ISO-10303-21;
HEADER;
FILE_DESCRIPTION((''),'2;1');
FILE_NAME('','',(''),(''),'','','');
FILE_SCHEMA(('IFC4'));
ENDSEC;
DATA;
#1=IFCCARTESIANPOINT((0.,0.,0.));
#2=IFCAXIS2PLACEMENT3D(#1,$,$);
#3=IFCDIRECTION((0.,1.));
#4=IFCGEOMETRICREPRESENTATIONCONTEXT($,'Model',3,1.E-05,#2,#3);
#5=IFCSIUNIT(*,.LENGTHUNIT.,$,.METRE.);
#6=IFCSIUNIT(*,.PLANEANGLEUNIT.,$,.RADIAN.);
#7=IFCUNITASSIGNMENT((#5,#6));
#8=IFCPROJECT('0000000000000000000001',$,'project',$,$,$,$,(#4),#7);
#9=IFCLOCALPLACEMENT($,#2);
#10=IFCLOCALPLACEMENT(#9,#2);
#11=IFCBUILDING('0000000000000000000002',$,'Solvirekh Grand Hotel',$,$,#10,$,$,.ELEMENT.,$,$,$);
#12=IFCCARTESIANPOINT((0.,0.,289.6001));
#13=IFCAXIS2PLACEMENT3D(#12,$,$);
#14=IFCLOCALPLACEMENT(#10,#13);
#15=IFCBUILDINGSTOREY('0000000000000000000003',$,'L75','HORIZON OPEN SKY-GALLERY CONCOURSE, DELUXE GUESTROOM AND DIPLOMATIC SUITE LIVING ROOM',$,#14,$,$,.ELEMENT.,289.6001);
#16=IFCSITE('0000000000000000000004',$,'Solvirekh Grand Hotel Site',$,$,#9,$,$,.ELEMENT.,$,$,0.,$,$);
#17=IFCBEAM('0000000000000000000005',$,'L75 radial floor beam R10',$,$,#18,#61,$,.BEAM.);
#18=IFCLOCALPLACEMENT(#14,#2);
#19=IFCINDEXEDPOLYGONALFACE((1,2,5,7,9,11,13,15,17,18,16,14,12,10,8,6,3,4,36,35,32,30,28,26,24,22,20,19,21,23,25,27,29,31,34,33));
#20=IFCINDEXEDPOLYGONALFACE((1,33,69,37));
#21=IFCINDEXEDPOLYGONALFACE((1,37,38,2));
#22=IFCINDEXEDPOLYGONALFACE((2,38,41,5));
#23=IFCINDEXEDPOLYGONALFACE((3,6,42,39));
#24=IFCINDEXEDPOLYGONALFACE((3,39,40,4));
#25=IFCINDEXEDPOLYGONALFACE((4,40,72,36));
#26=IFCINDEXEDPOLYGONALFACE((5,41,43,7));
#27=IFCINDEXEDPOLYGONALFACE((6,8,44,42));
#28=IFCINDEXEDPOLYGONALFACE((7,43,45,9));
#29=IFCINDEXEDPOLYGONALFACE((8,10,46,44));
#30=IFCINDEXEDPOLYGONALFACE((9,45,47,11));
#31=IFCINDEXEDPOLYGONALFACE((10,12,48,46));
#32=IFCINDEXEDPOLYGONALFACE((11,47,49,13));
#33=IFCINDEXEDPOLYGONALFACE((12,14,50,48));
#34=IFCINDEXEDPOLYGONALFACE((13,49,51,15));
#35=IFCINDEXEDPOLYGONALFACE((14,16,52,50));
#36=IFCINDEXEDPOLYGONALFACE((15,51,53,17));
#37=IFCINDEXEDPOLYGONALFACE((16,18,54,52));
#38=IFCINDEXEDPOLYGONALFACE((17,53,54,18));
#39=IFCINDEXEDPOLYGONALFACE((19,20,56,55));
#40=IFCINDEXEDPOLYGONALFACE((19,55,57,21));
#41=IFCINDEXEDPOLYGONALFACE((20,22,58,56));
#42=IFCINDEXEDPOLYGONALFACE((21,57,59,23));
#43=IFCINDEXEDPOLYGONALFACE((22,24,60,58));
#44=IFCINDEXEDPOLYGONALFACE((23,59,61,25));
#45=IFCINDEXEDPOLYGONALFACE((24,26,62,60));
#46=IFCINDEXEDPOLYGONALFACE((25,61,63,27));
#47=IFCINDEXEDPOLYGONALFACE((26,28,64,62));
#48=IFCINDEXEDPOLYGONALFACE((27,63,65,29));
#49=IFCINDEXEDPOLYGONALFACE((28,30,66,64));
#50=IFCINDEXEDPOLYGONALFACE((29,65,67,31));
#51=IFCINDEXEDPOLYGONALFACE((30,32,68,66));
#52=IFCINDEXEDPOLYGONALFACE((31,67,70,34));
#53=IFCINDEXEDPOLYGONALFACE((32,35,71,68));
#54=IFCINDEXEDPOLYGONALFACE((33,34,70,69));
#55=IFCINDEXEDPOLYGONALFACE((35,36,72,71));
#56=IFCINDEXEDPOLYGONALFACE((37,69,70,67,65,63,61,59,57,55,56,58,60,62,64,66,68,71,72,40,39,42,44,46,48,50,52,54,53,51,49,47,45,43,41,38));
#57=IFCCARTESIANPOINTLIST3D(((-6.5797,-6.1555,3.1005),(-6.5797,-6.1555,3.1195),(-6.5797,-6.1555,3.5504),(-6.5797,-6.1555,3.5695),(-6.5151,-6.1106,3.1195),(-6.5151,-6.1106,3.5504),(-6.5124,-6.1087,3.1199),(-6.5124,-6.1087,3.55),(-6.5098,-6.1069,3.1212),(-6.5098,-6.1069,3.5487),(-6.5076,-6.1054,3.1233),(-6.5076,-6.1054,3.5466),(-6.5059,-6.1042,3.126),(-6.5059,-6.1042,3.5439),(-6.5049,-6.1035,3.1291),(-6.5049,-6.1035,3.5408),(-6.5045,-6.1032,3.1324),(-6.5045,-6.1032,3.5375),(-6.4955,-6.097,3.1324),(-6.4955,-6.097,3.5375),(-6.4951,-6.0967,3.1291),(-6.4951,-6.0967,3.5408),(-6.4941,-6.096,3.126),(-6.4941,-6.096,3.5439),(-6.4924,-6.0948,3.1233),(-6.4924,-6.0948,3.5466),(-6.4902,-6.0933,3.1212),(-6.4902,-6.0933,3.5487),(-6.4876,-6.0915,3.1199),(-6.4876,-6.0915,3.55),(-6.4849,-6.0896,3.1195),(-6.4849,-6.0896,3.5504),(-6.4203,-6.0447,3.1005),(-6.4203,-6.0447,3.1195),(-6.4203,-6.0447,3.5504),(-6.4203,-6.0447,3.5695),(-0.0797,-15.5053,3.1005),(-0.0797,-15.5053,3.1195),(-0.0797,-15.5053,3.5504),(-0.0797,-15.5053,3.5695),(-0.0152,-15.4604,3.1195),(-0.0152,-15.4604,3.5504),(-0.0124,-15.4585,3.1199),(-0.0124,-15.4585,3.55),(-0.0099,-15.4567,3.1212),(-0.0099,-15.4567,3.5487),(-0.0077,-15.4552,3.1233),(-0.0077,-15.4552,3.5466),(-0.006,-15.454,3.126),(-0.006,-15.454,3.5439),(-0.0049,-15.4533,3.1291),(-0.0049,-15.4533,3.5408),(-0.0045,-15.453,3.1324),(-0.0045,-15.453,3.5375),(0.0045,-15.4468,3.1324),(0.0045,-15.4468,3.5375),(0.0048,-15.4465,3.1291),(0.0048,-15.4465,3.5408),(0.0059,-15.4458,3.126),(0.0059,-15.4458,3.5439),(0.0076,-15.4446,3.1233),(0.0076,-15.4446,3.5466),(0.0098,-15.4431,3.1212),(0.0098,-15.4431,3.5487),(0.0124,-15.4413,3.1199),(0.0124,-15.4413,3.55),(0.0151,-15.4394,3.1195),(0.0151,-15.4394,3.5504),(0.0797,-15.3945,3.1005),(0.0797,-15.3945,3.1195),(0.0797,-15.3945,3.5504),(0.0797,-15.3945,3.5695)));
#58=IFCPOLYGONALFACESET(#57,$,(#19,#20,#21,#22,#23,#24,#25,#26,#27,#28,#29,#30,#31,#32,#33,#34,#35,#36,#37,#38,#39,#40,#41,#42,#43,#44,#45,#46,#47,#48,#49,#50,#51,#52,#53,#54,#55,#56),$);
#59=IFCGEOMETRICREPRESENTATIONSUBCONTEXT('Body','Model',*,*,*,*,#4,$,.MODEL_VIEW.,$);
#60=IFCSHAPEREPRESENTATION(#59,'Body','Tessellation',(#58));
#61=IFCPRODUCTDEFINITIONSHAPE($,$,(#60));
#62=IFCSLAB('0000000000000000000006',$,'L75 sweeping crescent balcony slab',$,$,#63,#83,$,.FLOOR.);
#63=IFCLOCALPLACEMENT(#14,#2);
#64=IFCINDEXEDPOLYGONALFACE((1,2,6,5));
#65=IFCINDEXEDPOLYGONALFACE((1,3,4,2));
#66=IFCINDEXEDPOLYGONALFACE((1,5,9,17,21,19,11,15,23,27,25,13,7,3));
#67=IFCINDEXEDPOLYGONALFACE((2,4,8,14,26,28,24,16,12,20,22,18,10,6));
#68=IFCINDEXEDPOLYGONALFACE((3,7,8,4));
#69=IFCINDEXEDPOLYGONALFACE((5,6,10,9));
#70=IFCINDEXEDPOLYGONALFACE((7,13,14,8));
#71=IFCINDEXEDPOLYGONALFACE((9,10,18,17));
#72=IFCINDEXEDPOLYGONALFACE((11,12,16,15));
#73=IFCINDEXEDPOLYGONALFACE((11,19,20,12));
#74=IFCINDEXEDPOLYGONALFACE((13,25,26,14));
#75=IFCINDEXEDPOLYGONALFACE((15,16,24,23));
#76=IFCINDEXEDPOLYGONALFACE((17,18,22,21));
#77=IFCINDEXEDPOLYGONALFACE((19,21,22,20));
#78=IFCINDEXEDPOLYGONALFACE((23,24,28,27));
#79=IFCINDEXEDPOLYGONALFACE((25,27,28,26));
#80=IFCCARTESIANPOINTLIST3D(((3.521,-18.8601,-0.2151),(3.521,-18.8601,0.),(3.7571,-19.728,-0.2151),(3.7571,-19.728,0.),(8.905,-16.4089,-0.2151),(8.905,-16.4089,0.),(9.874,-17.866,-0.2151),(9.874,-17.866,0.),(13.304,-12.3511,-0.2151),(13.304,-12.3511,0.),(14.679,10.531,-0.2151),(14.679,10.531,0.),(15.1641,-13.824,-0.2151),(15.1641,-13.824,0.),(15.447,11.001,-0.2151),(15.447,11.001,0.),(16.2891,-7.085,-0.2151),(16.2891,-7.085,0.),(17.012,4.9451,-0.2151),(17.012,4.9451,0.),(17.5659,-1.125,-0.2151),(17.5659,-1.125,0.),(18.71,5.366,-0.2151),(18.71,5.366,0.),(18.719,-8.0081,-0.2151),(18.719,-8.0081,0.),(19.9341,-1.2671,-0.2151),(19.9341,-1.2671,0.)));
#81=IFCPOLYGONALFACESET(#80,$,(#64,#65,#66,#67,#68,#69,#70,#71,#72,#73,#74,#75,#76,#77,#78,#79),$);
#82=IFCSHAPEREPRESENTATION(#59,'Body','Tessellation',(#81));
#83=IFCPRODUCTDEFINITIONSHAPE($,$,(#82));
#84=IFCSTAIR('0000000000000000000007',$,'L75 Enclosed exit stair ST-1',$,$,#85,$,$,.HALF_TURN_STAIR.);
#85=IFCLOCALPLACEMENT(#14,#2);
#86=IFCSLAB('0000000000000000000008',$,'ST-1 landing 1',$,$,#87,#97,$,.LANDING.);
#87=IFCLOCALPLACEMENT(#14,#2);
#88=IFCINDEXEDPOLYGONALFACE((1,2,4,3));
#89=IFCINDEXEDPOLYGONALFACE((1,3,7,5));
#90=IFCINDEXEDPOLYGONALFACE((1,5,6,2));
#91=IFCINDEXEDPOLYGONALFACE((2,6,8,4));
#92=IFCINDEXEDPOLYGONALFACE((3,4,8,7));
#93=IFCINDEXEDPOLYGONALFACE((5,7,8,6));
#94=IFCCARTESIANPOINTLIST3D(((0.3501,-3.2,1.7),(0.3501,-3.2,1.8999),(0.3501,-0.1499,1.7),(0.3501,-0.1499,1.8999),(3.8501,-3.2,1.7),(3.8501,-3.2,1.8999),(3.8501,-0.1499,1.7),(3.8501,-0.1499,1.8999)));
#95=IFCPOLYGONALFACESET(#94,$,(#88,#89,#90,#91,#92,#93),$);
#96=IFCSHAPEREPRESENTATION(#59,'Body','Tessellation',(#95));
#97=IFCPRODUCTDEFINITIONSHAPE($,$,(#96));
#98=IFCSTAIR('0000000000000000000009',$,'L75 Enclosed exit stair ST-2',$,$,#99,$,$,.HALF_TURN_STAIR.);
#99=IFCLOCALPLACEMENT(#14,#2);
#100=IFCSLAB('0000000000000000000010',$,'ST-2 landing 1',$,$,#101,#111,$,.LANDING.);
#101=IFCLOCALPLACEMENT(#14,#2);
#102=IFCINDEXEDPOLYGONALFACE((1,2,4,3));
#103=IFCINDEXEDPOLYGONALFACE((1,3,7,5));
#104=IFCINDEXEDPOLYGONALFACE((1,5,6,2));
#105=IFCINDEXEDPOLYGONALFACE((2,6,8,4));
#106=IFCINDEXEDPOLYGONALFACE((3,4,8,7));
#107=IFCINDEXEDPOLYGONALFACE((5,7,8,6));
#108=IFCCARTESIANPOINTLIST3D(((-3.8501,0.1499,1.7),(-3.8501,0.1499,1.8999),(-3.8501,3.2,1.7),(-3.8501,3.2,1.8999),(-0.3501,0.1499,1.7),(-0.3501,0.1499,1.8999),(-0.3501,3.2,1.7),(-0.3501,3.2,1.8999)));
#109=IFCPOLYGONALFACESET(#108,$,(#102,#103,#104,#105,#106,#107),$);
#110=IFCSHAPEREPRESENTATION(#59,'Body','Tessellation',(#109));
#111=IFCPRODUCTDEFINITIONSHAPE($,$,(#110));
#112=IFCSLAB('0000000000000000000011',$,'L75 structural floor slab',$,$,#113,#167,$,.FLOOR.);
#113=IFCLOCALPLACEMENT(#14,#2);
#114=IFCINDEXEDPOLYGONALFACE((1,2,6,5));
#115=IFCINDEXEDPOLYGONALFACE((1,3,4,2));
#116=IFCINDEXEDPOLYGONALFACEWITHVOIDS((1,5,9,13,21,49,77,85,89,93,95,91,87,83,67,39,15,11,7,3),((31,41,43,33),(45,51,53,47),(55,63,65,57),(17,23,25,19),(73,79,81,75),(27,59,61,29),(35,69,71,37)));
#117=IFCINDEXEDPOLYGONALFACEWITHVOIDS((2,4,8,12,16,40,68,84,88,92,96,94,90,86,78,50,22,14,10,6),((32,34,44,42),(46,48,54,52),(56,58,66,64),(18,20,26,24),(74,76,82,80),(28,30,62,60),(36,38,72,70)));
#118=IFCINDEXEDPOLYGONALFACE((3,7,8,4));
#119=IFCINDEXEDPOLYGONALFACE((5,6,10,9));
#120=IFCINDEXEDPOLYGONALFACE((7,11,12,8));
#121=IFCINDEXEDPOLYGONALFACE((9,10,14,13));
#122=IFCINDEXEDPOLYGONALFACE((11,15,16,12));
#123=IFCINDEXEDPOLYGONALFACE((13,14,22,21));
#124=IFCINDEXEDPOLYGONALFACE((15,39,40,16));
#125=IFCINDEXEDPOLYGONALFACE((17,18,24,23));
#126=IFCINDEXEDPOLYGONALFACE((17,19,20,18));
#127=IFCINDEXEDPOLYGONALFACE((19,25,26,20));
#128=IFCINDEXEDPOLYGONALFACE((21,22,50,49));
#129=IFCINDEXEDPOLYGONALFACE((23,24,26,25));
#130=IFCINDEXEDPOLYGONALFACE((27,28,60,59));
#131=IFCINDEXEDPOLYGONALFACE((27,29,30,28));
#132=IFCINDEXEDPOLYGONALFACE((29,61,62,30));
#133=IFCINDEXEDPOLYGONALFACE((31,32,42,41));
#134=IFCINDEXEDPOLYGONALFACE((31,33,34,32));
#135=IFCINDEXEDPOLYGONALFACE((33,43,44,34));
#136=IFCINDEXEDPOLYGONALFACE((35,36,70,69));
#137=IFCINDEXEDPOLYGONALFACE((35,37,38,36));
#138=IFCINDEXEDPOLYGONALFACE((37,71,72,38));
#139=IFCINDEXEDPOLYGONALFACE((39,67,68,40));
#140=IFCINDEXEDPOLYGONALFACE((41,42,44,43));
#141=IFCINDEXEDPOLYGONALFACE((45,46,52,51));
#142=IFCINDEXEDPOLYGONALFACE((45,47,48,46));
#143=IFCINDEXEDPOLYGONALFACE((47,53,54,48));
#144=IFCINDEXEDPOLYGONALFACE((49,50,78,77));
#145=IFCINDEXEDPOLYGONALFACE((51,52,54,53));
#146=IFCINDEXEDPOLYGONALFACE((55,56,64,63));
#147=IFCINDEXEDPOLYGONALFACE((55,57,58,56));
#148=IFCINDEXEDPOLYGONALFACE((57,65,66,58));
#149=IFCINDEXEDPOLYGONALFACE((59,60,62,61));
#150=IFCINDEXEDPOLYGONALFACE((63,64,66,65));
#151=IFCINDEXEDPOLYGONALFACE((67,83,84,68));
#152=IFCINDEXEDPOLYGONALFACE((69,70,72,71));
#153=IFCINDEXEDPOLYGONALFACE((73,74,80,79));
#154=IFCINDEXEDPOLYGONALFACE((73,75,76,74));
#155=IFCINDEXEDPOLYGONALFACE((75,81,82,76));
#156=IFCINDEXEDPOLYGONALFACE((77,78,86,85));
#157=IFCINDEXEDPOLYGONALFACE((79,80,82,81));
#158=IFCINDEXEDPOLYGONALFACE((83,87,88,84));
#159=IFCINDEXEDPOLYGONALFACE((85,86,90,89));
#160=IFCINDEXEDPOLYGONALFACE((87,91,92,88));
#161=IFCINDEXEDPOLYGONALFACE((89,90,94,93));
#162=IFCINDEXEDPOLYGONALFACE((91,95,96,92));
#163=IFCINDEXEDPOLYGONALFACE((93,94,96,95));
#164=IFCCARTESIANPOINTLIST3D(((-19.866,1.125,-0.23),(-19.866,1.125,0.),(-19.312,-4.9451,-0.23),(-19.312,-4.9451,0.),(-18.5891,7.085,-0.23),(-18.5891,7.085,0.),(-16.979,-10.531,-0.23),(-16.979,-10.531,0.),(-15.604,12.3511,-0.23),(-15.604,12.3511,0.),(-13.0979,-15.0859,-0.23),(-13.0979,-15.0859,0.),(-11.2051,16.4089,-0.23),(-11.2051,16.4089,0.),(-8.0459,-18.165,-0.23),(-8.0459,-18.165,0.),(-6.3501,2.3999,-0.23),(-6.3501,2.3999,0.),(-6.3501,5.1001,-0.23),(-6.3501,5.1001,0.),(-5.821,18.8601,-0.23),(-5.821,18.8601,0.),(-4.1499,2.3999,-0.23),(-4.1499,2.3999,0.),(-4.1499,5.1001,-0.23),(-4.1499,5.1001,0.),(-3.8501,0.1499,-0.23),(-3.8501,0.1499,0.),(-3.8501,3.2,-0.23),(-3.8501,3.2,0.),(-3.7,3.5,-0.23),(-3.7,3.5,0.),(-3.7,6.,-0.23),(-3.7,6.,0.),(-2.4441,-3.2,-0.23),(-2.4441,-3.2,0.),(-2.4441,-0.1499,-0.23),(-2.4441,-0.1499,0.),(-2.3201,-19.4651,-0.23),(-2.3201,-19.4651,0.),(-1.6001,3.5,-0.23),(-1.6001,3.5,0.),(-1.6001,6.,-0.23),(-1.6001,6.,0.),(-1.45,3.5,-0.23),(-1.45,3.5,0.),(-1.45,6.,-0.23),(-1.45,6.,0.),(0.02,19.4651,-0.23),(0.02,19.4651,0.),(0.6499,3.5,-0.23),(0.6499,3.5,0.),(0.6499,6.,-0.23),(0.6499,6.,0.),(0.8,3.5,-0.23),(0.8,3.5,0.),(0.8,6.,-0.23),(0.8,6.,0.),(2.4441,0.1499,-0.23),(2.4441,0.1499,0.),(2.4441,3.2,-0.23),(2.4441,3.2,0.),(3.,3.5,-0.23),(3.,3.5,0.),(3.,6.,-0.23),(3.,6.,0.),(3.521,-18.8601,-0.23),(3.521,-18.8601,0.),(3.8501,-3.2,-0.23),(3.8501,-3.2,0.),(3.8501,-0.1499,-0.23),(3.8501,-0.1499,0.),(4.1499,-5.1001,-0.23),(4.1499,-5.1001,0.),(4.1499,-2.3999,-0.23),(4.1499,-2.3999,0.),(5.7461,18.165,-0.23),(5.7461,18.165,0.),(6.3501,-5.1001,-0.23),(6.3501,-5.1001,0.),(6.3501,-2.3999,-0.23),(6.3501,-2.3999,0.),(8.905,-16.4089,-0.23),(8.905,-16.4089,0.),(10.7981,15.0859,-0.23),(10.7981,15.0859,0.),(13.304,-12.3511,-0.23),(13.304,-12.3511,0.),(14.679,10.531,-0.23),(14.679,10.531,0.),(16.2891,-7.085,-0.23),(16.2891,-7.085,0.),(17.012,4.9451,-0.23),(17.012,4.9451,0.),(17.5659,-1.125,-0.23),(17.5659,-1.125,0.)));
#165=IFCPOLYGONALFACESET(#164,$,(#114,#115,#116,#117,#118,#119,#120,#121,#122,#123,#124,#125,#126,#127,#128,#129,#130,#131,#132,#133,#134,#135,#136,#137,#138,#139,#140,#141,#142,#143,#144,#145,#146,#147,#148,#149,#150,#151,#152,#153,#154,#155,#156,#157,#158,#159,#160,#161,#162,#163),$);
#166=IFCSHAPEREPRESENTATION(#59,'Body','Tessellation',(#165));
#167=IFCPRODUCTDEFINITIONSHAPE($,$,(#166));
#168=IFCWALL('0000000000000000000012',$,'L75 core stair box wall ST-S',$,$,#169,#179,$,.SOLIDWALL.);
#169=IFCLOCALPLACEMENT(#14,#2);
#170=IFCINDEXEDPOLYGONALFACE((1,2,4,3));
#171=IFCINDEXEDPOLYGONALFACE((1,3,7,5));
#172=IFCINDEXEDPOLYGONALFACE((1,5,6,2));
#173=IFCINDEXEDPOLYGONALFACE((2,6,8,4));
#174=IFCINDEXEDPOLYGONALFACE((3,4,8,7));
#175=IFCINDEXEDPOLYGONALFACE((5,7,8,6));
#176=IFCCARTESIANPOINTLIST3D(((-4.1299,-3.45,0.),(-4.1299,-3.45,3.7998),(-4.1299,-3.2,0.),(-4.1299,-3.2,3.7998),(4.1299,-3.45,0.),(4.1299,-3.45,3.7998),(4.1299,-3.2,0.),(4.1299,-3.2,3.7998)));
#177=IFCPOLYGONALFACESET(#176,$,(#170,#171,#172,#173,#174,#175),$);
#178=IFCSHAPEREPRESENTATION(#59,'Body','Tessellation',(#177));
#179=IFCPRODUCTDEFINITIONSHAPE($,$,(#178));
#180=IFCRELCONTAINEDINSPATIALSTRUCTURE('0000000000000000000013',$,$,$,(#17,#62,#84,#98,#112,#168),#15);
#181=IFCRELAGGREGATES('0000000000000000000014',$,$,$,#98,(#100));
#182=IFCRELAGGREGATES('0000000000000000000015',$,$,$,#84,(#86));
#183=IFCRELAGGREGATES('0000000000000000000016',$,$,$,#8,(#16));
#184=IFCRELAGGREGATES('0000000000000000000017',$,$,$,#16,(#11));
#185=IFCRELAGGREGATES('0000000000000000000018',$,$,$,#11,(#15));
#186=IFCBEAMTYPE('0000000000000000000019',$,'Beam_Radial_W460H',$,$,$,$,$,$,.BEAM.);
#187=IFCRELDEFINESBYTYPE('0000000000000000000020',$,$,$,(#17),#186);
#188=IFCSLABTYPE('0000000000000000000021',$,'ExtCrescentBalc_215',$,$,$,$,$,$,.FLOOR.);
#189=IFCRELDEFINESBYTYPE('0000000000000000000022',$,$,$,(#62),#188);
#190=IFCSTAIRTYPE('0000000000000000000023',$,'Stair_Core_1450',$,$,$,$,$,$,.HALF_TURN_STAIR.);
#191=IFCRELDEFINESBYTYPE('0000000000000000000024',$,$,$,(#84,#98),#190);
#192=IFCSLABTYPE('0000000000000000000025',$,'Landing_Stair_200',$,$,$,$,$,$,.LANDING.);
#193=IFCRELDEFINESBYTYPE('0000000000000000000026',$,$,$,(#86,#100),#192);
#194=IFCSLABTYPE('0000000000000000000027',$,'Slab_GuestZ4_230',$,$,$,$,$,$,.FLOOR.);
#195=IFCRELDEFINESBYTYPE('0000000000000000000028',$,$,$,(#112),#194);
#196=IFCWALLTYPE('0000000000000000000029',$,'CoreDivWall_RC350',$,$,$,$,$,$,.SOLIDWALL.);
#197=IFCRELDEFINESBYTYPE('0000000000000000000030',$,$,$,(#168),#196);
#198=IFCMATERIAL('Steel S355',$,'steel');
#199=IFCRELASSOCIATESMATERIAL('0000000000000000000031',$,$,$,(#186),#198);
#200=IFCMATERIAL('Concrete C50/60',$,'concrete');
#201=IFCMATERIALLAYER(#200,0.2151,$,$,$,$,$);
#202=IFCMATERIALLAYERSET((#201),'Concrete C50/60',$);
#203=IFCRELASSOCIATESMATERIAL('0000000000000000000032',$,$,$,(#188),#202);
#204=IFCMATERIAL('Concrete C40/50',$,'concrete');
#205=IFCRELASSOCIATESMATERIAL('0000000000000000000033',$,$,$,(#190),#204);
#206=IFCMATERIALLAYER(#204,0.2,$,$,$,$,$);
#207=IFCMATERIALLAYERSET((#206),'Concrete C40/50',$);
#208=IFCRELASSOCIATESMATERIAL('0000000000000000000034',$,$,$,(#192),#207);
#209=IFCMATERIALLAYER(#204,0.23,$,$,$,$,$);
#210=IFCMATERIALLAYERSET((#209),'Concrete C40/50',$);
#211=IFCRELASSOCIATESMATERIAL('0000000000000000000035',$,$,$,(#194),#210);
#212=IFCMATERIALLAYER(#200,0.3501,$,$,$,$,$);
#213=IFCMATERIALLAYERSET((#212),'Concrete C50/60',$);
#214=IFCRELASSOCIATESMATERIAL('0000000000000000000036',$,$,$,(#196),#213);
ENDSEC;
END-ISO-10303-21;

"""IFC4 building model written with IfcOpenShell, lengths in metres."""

from ifc_helpers import new_model, si_unit, direction, frame, frame_2d, origin, origin_2d, place, context, subcontext, project, spatial, polyline, rectangle, i_section, outline, extrude, material, layer, layer_set, material_profile, profile_set, type_object, element, aggregate, save


model = new_model("IFC4")

# Units and contexts
model_context = context("Model", 3, precision=1e-05, world=origin(), true_north=direction((0.0, 1.0)))
body_context = subcontext(model_context, "Body", "Model", "MODEL_VIEW")
ifc_project = project(units=[si_unit("LENGTHUNIT", "METRE"), si_unit("PLANEANGLEUNIT", "RADIAN")], contexts=[model_context])

# Site, building, storey
site_placement = place(None, origin())
site = spatial("IfcSite", under=ifc_project, at=site_placement, Name="Solvirekh Grand Hotel Site", CompositionType="ELEMENT", RefElevation=0.0)
building_placement = place(site_placement, origin())
building = spatial("IfcBuilding", under=site, at=building_placement, Name="Solvirekh Grand Hotel", CompositionType="ELEMENT")
storey_placement = place(building_placement, frame((0.0, 0.0, 289.6001)))
storey = spatial("IfcBuildingStorey", under=building, at=storey_placement, Name="L75", Description="HORIZON OPEN SKY-GALLERY CONCOURSE, DELUXE GUESTROOM AND DIPLOMATIC SUITE LIVING ROOM", CompositionType="ELEMENT", Elevation=289.6001)

# Beam
ifc_material_1 = material(Name="Steel S355", Category="steel")
ifc_material_profile = material_profile(ifc_material_1, i_section(OverallWidth=0.1941, OverallDepth=0.469, WebThickness=0.011, FlangeThickness=0.019, FilletRadius=0.0129, at=origin_2d()), Name="W460X106")
ifc_profile_set = profile_set([ifc_material_profile], Name="Steel S355")
beam_type = type_object("IfcBeamType", Name="Beam_Radial_W460H", PredefinedType="BEAM", material=ifc_profile_set)
beam_placement = place(storey_placement, frame((-6.5, -6.1001, 3.335), z_axis=(0.570813, -0.82108, 0.0), x_axis=(0.82108, 0.570813, 0.0)))
element("IfcBeam", 1, at=beam_placement, inside=storey, type_object=beam_type, Name="L75 radial floor beam R10", PredefinedType="BEAM", context=body_context, shape_type="SweptSolid", body=[
    extrude(i_section(OverallWidth=0.1941, OverallDepth=0.469, WebThickness=0.011, FlangeThickness=0.019, FilletRadius=0.0129, at=origin_2d()), origin(), (0.0, 0.0, 1.0), 11.3872),
])

# Slab
ifc_material_2 = material(Name="Concrete C50/60", Category="concrete")
ifc_layer_1 = layer(ifc_material_2, 0.2151)
ifc_layer_set_1 = layer_set([ifc_layer_1], Name="Concrete C50/60")
slab_type_1 = type_object("IfcSlabType", Name="ExtCrescentBalc_215", PredefinedType="FLOOR", material=ifc_layer_set_1)
slab_1_placement = place(storey_placement, frame((0.0, 0.0, -0.2151)))
element("IfcSlab", 2, at=slab_1_placement, inside=storey, type_object=slab_type_1, Name="L75 sweeping crescent balcony slab", PredefinedType="FLOOR", context=body_context, shape_type="SweptSolid", body=[
    extrude(outline(polyline([(3.7571, -19.728), (9.874, -17.866), (15.1641, -13.824), (18.719, -8.0081), (19.9341, -1.2671), (18.71, 5.366), (15.447, 11.001), (14.679, 10.531), (17.012, 4.9451), (17.5659, -1.125), (16.2891, -7.085), (13.304, -12.3511), (8.905, -16.4089), (3.521, -18.8601), (3.7571, -19.728)])), origin(), (0.0, 0.0, 1.0), 0.2151),
])

# Stairs, slabs
ifc_material_3 = material(Name="Concrete C40/50", Category="concrete")
stair_type = type_object("IfcStairType", Name="Stair_Core_1450", PredefinedType="HALF_TURN_STAIR", material=ifc_material_3)
stair_1_placement = place(storey_placement, origin())
stair_1 = element("IfcStair", 3, at=stair_1_placement, inside=storey, type_object=stair_type, Name="L75 Enclosed exit stair ST-1", PredefinedType="HALF_TURN_STAIR")
ifc_layer_2 = layer(ifc_material_3, 0.2)
ifc_layer_set_2 = layer_set([ifc_layer_2], Name="Concrete C40/50")
slab_type_2 = type_object("IfcSlabType", Name="Landing_Stair_200", PredefinedType="LANDING", material=ifc_layer_set_2)
slab_2_placement = place(storey_placement, frame((0.0, 0.0, 1.7)))
slab_2 = element("IfcSlab", 4, at=slab_2_placement, type_object=slab_type_2, Name="ST-1 landing 1", PredefinedType="LANDING", context=body_context, shape_type="SweptSolid", body=[
    extrude(outline(polyline([(0.3501, -3.2), (3.8501, -3.2), (3.8501, -0.1499), (0.3501, -0.1499), (0.3501, -3.2)])), origin(), (0.0, 0.0, 1.0), 0.2),
])
stair_2_placement = place(storey_placement, origin())
stair_2 = element("IfcStair", 5, at=stair_2_placement, inside=storey, type_object=stair_type, Name="L75 Enclosed exit stair ST-2", PredefinedType="HALF_TURN_STAIR")
slab_3_placement = place(storey_placement, frame((0.0, 0.0, 1.7)))
slab_3 = element("IfcSlab", 6, at=slab_3_placement, type_object=slab_type_2, Name="ST-2 landing 1", PredefinedType="LANDING", context=body_context, shape_type="SweptSolid", body=[
    extrude(outline(polyline([(-0.3501, 3.2), (-3.8501, 3.2), (-3.8501, 0.1499), (-0.3501, 0.1499), (-0.3501, 3.2)])), origin(), (0.0, 0.0, 1.0), 0.2),
])
aggregate(stair_2, [slab_3])

# Slab
ifc_layer_3 = layer(ifc_material_3, 0.23)
ifc_layer_set_3 = layer_set([ifc_layer_3], Name="Concrete C40/50")
slab_type_3 = type_object("IfcSlabType", Name="Slab_GuestZ4_230", PredefinedType="FLOOR", material=ifc_layer_set_3)
slab_4_placement = place(storey_placement, frame((0.0, 0.0, -0.23)))
element("IfcSlab", 7, at=slab_4_placement, inside=storey, type_object=slab_type_3, Name="L75 structural floor slab", PredefinedType="FLOOR", context=body_context, shape_type="SweptSolid", body=[
    extrude(outline(polyline([(-2.3201, -19.4651), (3.521, -18.8601), (8.905, -16.4089), (13.304, -12.3511), (16.2891, -7.085), (17.5659, -1.125), (17.012, 4.9451), (14.679, 10.531), (10.7981, 15.0859), (5.7461, 18.165), (0.02, 19.4651), (-5.821, 18.8601), (-11.2051, 16.4089), (-15.604, 12.3511), (-18.5891, 7.085), (-19.866, 1.125), (-19.312, -4.9451), (-16.979, -10.531), (-13.0979, -15.0859), (-8.0459, -18.165), (-2.3201, -19.4651)]), holes=[polyline([(-2.4441, -0.1499), (3.8501, -0.1499), (3.8501, -3.2), (-2.4441, -3.2), (-2.4441, -0.1499)]), polyline([(2.4441, 0.1499), (-3.8501, 0.1499), (-3.8501, 3.2), (2.4441, 3.2), (2.4441, 0.1499)]), polyline([(-3.7, 6.0), (-1.6001, 6.0), (-1.6001, 3.5), (-3.7, 3.5), (-3.7, 6.0)]), polyline([(-1.45, 6.0), (0.6499, 6.0), (0.6499, 3.5), (-1.45, 3.5), (-1.45, 6.0)]), polyline([(0.8, 6.0), (3.0, 6.0), (3.0, 3.5), (0.8, 3.5), (0.8, 6.0)]), polyline([(-6.3501, 5.1001), (-4.1499, 5.1001), (-4.1499, 2.3999), (-6.3501, 2.3999), (-6.3501, 5.1001)]), polyline([(4.1499, -2.3999), (6.3501, -2.3999), (6.3501, -5.1001), (4.1499, -5.1001), (4.1499, -2.3999)])]), origin(), (0.0, 0.0, 1.0), 0.23),
])

# Wall
ifc_layer_4 = layer(ifc_material_2, 0.3501)
ifc_layer_set_4 = layer_set([ifc_layer_4], Name="Concrete C50/60")
wall_type_1 = type_object("IfcWallType", Name="CoreDivWall_RC350", PredefinedType="SOLIDWALL", material=ifc_layer_set_4)
wall_1_placement = place(storey_placement, frame((-4.1299, -3.325, 0.0), z_axis=(0.0, 0.0, 1.0), x_axis=(1.0, 0.0, 0.0)))
element("IfcWall", 8, at=wall_1_placement, inside=storey, type_object=wall_type_1, Name="L75 core stair box wall ST-S", PredefinedType="SOLIDWALL", context=body_context, shape_type="SweptSolid", body=[
    extrude(rectangle(XDim=8.2598, YDim=0.25, at=frame_2d((4.1299, 0.0))), origin(), (0.0, 0.0, 1.0), 3.7998),
])

aggregate(stair_1, [slab_2])

save(model, "model.ifc")
